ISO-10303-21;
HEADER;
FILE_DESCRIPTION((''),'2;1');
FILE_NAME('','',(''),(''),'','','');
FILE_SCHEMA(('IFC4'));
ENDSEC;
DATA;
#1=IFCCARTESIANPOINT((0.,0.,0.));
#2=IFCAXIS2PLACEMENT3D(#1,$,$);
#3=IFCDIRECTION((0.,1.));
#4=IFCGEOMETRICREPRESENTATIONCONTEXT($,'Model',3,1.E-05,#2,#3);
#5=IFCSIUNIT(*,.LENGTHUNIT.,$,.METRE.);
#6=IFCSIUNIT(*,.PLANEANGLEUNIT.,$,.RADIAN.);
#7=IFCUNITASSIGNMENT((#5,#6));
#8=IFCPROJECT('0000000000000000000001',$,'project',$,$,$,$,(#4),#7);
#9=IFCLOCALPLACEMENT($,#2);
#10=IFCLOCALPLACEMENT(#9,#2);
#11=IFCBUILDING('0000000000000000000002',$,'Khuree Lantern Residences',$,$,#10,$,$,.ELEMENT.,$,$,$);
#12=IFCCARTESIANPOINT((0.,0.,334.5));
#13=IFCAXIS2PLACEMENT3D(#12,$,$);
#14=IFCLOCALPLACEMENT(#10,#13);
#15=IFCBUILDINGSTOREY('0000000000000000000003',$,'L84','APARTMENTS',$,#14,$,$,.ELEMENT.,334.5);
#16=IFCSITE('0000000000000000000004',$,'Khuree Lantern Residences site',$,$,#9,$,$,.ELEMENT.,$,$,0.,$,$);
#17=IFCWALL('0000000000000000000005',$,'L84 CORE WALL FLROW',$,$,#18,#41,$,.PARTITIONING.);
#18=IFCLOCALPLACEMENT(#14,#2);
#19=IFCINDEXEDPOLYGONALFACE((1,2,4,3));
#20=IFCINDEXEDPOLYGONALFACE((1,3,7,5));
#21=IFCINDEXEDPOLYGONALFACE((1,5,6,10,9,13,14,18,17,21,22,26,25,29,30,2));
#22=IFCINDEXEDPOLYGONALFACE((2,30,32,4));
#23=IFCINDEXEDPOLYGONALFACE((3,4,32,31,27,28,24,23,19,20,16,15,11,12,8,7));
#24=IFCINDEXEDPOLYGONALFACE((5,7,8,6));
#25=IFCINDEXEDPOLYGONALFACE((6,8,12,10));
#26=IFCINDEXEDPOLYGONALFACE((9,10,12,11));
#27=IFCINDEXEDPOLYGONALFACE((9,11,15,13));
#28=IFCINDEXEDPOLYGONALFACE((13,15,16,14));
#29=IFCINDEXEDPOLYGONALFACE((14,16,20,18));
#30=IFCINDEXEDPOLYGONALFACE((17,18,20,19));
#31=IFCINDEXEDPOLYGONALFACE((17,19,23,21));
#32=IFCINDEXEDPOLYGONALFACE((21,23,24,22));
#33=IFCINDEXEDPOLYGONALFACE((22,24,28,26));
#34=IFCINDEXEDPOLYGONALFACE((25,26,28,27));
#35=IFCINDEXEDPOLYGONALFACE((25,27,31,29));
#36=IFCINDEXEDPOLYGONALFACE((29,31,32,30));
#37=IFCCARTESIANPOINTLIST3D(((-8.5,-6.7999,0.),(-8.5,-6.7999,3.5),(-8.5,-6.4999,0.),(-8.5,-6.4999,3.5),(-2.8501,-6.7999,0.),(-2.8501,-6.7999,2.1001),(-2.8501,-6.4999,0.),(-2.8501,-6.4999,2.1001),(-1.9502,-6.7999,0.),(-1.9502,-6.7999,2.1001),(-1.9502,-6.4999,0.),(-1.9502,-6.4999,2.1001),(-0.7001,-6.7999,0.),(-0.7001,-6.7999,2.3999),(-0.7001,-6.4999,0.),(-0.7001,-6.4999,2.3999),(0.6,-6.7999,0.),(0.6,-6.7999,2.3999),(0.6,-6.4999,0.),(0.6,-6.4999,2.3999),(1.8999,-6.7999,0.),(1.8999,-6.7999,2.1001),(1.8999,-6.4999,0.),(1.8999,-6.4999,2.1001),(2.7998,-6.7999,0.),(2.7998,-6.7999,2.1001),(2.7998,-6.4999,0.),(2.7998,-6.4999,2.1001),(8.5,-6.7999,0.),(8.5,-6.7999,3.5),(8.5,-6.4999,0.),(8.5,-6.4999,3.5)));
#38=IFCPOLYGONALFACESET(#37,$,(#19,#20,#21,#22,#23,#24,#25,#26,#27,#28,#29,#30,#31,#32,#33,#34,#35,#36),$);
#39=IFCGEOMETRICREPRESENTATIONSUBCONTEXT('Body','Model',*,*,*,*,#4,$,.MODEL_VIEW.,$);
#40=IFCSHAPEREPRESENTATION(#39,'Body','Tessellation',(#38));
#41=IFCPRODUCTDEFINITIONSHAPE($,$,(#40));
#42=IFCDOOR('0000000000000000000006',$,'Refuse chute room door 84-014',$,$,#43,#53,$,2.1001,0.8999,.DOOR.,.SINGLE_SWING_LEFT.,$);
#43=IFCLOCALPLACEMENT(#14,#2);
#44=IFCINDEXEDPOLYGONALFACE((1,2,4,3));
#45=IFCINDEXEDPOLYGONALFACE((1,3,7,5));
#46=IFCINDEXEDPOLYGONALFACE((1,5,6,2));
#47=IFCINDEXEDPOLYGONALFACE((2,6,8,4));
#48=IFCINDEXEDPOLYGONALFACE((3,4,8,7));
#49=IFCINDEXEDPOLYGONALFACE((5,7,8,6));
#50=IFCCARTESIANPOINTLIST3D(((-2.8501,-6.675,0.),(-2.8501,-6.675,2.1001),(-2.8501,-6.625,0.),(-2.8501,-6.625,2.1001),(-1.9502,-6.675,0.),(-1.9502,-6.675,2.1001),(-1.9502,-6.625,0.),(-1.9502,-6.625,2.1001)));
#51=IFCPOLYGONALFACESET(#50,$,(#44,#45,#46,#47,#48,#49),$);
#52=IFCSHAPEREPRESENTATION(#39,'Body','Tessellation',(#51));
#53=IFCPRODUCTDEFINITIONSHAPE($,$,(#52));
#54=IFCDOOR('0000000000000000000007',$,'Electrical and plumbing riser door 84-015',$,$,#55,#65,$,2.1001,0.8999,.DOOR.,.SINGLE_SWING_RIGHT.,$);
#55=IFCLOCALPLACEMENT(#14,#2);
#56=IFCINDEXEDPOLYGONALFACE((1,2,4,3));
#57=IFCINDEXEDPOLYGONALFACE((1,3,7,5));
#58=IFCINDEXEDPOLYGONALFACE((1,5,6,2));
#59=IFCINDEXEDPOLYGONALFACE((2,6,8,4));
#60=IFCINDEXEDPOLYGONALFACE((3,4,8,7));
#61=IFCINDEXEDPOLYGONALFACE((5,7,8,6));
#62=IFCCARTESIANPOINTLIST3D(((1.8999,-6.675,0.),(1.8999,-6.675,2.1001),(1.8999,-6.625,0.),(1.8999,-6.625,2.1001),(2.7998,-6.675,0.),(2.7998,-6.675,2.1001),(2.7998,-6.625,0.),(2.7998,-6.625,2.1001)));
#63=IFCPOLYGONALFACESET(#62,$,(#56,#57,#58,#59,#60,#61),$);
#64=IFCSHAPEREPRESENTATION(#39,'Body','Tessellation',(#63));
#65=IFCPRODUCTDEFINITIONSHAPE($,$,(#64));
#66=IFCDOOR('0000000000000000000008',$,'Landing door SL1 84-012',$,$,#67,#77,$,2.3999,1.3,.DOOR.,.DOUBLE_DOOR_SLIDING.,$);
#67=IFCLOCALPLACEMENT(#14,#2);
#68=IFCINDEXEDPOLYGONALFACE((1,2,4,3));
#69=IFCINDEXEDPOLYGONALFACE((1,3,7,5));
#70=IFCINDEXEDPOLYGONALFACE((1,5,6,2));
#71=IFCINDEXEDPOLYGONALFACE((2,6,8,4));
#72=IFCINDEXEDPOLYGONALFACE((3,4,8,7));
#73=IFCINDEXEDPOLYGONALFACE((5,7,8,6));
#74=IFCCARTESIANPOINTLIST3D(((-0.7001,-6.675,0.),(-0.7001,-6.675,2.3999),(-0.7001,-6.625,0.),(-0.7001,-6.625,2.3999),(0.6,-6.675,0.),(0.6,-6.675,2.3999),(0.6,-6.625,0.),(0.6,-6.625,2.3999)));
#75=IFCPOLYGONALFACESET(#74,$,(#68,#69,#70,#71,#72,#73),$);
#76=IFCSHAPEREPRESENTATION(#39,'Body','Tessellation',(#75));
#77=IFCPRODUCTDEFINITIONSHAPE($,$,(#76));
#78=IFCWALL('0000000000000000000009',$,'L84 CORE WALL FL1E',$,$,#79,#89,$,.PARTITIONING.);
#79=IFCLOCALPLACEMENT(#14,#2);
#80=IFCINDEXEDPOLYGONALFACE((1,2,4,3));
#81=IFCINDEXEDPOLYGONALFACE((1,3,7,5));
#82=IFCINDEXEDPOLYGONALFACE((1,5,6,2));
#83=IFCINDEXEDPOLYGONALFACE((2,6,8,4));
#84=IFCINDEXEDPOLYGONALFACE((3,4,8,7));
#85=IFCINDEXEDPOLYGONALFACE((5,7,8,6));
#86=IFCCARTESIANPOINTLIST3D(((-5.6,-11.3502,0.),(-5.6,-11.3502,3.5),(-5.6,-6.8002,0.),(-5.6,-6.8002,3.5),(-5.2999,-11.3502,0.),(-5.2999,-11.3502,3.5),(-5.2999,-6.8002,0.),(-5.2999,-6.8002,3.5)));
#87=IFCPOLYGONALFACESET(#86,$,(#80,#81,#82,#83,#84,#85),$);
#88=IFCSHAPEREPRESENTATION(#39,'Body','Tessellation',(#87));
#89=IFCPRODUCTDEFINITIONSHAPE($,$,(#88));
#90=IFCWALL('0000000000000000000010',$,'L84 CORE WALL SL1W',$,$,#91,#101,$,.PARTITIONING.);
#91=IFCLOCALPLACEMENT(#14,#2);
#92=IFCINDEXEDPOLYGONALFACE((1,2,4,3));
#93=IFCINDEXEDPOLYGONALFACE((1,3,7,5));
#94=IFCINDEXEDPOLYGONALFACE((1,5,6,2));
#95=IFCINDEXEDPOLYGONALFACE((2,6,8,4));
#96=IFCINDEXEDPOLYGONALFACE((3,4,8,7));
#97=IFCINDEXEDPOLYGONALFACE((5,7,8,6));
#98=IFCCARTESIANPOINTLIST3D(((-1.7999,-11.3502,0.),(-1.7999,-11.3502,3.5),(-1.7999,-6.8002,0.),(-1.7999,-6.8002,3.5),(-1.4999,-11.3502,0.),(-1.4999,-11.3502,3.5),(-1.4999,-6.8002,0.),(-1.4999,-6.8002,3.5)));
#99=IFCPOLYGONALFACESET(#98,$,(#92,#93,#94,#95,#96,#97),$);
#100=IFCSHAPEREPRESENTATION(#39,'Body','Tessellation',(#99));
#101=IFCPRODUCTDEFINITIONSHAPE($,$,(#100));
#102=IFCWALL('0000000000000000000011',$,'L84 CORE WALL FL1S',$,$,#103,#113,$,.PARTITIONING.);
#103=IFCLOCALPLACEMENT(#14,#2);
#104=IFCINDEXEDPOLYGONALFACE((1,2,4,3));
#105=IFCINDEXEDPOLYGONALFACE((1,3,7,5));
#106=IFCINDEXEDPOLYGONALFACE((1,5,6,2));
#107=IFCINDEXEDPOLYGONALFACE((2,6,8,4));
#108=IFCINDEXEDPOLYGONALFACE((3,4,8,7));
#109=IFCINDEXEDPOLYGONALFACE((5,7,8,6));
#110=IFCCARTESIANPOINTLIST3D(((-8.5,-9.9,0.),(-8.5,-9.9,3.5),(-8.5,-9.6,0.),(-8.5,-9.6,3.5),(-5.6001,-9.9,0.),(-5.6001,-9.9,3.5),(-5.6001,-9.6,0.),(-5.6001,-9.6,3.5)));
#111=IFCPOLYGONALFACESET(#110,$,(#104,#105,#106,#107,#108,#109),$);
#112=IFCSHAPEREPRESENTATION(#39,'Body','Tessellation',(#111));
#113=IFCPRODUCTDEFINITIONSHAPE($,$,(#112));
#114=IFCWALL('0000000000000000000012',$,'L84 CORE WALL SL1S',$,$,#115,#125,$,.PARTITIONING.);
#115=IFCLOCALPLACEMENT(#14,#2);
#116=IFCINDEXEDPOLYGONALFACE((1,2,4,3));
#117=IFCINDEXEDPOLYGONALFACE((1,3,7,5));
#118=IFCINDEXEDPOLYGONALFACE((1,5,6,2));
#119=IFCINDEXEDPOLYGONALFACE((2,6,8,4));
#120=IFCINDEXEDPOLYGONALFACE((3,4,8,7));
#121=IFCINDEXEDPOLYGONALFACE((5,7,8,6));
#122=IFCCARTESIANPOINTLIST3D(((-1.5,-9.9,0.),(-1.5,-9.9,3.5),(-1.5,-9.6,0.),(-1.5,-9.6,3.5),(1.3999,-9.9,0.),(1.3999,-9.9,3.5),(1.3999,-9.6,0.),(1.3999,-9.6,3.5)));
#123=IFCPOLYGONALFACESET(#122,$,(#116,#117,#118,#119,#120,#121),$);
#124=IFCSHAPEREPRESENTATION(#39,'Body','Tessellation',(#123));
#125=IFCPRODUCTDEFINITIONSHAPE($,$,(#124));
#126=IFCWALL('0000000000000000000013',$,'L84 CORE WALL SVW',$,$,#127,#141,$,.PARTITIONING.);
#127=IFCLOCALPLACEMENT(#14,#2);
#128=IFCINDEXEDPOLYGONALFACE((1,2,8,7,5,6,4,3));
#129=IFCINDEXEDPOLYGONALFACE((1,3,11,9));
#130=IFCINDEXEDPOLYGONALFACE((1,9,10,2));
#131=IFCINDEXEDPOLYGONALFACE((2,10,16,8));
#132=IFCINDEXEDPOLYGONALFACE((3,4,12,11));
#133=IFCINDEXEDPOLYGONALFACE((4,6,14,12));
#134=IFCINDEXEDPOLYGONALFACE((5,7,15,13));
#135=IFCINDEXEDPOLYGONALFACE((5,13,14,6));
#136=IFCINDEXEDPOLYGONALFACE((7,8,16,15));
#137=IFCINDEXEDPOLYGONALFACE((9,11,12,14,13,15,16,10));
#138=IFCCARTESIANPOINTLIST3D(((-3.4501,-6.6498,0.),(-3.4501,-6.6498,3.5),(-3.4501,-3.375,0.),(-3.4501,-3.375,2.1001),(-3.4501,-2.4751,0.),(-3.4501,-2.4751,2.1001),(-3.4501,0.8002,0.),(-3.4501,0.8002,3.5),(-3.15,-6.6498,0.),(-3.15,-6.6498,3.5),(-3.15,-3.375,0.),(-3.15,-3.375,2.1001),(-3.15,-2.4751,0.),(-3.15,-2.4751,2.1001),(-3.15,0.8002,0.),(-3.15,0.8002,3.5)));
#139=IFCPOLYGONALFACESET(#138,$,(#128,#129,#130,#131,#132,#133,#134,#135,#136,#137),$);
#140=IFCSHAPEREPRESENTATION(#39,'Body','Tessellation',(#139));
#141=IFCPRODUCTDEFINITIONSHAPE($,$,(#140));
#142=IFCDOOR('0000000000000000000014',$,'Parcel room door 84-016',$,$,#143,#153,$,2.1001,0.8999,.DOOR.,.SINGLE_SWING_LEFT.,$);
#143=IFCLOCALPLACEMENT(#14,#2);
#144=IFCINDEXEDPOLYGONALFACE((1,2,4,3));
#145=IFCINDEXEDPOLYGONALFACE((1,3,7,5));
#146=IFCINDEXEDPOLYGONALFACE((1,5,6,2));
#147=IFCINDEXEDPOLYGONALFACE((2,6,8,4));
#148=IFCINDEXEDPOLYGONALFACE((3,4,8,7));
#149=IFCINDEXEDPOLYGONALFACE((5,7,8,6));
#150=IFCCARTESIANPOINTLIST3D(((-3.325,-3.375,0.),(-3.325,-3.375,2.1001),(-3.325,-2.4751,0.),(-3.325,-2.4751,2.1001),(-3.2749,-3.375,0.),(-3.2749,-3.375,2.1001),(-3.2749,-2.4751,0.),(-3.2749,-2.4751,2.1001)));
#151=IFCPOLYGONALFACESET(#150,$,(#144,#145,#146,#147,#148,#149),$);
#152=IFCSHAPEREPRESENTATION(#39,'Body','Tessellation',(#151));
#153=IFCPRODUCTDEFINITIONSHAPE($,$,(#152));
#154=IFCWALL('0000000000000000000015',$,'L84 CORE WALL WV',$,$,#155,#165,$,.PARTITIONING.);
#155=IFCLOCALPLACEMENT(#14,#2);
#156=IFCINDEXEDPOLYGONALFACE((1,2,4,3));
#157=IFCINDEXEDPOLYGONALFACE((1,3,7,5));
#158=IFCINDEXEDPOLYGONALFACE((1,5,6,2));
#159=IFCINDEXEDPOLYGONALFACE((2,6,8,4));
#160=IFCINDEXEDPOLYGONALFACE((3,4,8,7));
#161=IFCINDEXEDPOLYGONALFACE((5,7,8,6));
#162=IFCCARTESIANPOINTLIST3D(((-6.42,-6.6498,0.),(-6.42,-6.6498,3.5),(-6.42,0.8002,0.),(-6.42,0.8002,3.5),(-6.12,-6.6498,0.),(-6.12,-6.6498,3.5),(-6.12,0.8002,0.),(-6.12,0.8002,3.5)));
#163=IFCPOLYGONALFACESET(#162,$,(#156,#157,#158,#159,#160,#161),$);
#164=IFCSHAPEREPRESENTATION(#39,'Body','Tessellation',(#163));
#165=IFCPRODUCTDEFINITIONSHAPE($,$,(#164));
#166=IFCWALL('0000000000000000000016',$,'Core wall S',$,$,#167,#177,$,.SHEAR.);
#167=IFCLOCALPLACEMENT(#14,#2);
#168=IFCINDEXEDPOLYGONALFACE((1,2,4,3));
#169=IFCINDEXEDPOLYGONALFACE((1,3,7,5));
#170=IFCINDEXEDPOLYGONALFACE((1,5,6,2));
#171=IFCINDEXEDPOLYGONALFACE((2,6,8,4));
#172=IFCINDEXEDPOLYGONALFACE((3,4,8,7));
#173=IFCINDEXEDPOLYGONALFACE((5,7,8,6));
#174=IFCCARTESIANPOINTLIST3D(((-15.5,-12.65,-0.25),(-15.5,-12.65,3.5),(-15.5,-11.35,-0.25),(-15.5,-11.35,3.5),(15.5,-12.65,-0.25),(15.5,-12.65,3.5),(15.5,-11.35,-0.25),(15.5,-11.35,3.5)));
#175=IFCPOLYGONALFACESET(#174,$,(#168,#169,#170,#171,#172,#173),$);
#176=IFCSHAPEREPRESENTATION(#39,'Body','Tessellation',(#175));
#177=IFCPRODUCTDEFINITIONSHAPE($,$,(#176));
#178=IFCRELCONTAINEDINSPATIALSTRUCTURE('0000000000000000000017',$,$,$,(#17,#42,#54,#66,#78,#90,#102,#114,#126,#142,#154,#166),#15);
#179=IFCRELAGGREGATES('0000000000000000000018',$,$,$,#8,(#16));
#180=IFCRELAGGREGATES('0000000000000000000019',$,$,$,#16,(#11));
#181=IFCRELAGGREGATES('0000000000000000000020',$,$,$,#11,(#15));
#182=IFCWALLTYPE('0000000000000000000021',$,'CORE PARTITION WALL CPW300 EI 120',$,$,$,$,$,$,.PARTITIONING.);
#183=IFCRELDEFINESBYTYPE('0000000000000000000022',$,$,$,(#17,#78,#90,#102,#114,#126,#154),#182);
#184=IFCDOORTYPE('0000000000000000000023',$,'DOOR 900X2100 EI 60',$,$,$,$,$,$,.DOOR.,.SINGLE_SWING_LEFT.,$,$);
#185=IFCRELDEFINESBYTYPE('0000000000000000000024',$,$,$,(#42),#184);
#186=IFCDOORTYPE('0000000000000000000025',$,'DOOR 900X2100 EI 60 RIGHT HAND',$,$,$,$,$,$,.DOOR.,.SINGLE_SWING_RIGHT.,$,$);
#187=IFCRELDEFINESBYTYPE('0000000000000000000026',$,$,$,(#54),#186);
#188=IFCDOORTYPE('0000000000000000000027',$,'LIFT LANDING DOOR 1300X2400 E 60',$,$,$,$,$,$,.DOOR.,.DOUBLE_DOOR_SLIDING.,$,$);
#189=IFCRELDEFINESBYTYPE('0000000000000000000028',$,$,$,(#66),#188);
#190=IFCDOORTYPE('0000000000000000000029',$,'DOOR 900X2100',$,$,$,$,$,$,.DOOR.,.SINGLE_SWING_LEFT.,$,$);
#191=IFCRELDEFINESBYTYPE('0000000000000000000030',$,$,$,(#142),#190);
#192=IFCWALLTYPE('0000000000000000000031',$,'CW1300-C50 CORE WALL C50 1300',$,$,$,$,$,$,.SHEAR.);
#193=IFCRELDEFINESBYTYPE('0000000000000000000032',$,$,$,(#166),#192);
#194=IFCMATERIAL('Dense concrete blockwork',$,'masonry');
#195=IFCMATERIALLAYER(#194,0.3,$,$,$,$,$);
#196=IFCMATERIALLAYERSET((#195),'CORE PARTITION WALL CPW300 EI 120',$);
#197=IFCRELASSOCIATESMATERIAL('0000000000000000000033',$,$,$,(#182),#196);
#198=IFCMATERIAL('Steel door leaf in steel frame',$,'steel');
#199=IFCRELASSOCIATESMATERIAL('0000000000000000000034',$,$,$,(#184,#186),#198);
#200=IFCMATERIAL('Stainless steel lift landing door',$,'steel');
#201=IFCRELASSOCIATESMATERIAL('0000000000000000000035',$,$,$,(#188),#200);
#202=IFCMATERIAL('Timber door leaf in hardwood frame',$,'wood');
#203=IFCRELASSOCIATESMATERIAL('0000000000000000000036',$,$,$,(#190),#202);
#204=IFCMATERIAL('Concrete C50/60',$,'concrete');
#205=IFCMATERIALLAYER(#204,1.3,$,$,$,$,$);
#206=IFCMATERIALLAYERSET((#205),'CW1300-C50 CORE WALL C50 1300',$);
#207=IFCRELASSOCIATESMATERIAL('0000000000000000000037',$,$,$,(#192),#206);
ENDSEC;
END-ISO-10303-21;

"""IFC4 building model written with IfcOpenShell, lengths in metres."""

from ifc_helpers import new_model, si_unit, direction, frame, frame_2d, origin, place, context, subcontext, project, spatial, rectangle, extrude, material, layer, layer_set, type_object, element, fill, save


model = new_model("IFC4")

# Units and contexts
model_context = context("Model", 3, precision=1e-05, world=origin(), true_north=direction((0.0, 1.0)))
body_context = subcontext(model_context, "Body", "Model", "MODEL_VIEW")
ifc_project = project(units=[si_unit("LENGTHUNIT", "METRE"), si_unit("PLANEANGLEUNIT", "RADIAN")], contexts=[model_context])

# Site, building, storey
site_placement = place(None, origin())
site = spatial("IfcSite", under=ifc_project, at=site_placement, Name="Khuree Lantern Residences site", CompositionType="ELEMENT", RefElevation=0.0)
building_placement = place(site_placement, origin())
building = spatial("IfcBuilding", under=site, at=building_placement, Name="Khuree Lantern Residences", CompositionType="ELEMENT")
storey_placement = place(building_placement, frame((0.0, 0.0, 334.5)))
storey = spatial("IfcBuildingStorey", under=building, at=storey_placement, Name="L84", Description="APARTMENTS", CompositionType="ELEMENT", Elevation=334.5)

# Shared definitions
ifc_material_1 = material(Name="Timber door leaf in hardwood frame", Category="wood")

# Shared definitions
ifc_material_2 = material(Name="Dense concrete blockwork", Category="masonry")
ifc_layer_1 = layer(ifc_material_2, 0.3)
ifc_layer_set_1 = layer_set([ifc_layer_1], Name="CORE PARTITION WALL CPW300 EI 120")
wall_type_1 = type_object("IfcWallType", Name="CORE PARTITION WALL CPW300 EI 120", PredefinedType="PARTITIONING", material=ifc_layer_set_1)
ifc_material_3 = material(Name="Stainless steel lift landing door", Category="steel")

# Wall, openings, doors
wall_1_placement = place(storey_placement, frame((-8.5, -6.6499, 0.0), z_axis=(0.0, 0.0, 1.0), x_axis=(1.0, 0.0, 0.0)))
wall_1 = element("IfcWall", 1, at=wall_1_placement, inside=storey, type_object=wall_type_1, Name="L84 CORE WALL FLROW", PredefinedType="PARTITIONING", context=body_context, shape_type="SweptSolid", body=[
    extrude(rectangle(XDim=17.0, YDim=0.3, at=frame_2d((8.5, 0.0))), origin(), (0.0, 0.0, 1.0), 3.5),
])
opening_1_placement = place(wall_1_placement, frame((7.8, 0.0, 0.0)))
opening_1 = element("IfcOpeningElement", 2, at=opening_1_placement, cuts=wall_1, PredefinedType="OPENING", context=body_context, shape_type="SweptSolid", body=[
    extrude(rectangle(XDim=1.3, YDim=2.3999, at=frame_2d((0.6499, 1.2))), frame((0.0, 0.1602, 0.0), z_axis=(0.0, -1.0, 0.0), x_axis=(1.0, 0.0, 0.0)), (0.0, 0.0, 1.0), 0.3201),
])
opening_2_placement = place(wall_1_placement, frame((5.6499, 0.0, 0.0)))
opening_2 = element("IfcOpeningElement", 3, at=opening_2_placement, cuts=wall_1, PredefinedType="OPENING", context=body_context, shape_type="SweptSolid", body=[
    extrude(rectangle(XDim=0.8999, YDim=2.1001, at=frame_2d((0.45, 1.05))), frame((0.0, 0.1602, 0.0), z_axis=(0.0, -1.0, 0.0), x_axis=(1.0, 0.0, 0.0)), (0.0, 0.0, 1.0), 0.3201),
])
opening_3_placement = place(wall_1_placement, frame((10.3999, 0.0, 0.0)))
opening_3 = element("IfcOpeningElement", 4, at=opening_3_placement, cuts=wall_1, PredefinedType="OPENING", context=body_context, shape_type="SweptSolid", body=[
    extrude(rectangle(XDim=0.8999, YDim=2.1001, at=frame_2d((0.45, 1.05))), frame((0.0, 0.1602, 0.0), z_axis=(0.0, -1.0, 0.0), x_axis=(1.0, 0.0, 0.0)), (0.0, 0.0, 1.0), 0.3201),
])
ifc_material_4 = material(Name="Steel door leaf in steel frame", Category="steel")
door_type_1 = type_object("IfcDoorType", Name="DOOR 900X2100 EI 60", OperationType="SINGLE_SWING_LEFT", PredefinedType="DOOR", material=ifc_material_4)
door_1_placement = place(opening_2_placement, origin())
door_1 = element("IfcDoor", 5, at=door_1_placement, inside=storey, type_object=door_type_1, Name="Refuse chute room door 84-014", OperationType="SINGLE_SWING_LEFT", OverallHeight=2.1001, OverallWidth=0.8999, PredefinedType="DOOR", context=body_context, shape_type="SweptSolid", body=[
    extrude(rectangle(XDim=0.8999, YDim=2.1001, at=frame_2d((0.45, 1.05))), frame((0.0, 0.0249, 0.0), z_axis=(0.0, -1.0, 0.0), x_axis=(1.0, 0.0, 0.0)), (0.0, 0.0, 1.0), 0.05),
])
fill(opening_2, door_1)
door_type_2 = type_object("IfcDoorType", Name="DOOR 900X2100 EI 60 RIGHT HAND", OperationType="SINGLE_SWING_RIGHT", PredefinedType="DOOR", material=ifc_material_4)
door_2_placement = place(opening_3_placement, origin())
door_2 = element("IfcDoor", 6, at=door_2_placement, inside=storey, type_object=door_type_2, Name="Electrical and plumbing riser door 84-015", OperationType="SINGLE_SWING_RIGHT", OverallHeight=2.1001, OverallWidth=0.8999, PredefinedType="DOOR", context=body_context, shape_type="SweptSolid", body=[
    extrude(rectangle(XDim=0.8999, YDim=2.1001, at=frame_2d((0.45, 1.05))), frame((0.0, 0.0249, 0.0), z_axis=(0.0, -1.0, 0.0), x_axis=(1.0, 0.0, 0.0)), (0.0, 0.0, 1.0), 0.05),
])
fill(opening_3, door_2)
door_type_3 = type_object("IfcDoorType", Name="LIFT LANDING DOOR 1300X2400 E 60", OperationType="DOUBLE_DOOR_SLIDING", PredefinedType="DOOR", material=ifc_material_3)
door_3_placement = place(opening_1_placement, origin())
door_3 = element("IfcDoor", 7, at=door_3_placement, inside=storey, type_object=door_type_3, Name="Landing door SL1 84-012", OperationType="DOUBLE_DOOR_SLIDING", OverallHeight=2.3999, OverallWidth=1.3, PredefinedType="DOOR", context=body_context, shape_type="SweptSolid", body=[
    extrude(rectangle(XDim=1.3, YDim=2.3999, at=frame_2d((0.6499, 1.2))), frame((0.0, 0.0249, 0.0), z_axis=(0.0, -1.0, 0.0), x_axis=(1.0, 0.0, 0.0)), (0.0, 0.0, 1.0), 0.05),
])
fill(opening_1, door_3)

# Walls
for number, where, z_axis, x_axis, name in (
    (8, (-5.45, -11.3501, 0.0), (0.0, 0.0, 1.0), (0.0, 1.0, 0.0), "L84 CORE WALL FL1E"),
    (9, (-1.6499, -11.3501, 0.0), (0.0, 0.0, 1.0), (0.0, 1.0, 0.0), "L84 CORE WALL SL1W"),
):
    element("IfcWall", number, at=place(storey_placement, frame(where, z_axis=z_axis, x_axis=x_axis)), inside=storey, type_object=wall_type_1, Name=name, PredefinedType="PARTITIONING", context=body_context, shape_type="SweptSolid", body=[
        extrude(rectangle(XDim=4.55, YDim=0.3, at=frame_2d((2.2749, 0.0))), origin(), (0.0, 0.0, 1.0), 3.5),
    ])
for number, where, z_axis, x_axis, name in (
    (10, (-8.5, -9.75, 0.0), (0.0, 0.0, 1.0), (1.0, 0.0, 0.0), "L84 CORE WALL FL1S"),
    (11, (-1.5, -9.75, 0.0), (0.0, 0.0, 1.0), (1.0, 0.0, 0.0), "L84 CORE WALL SL1S"),
):
    element("IfcWall", number, at=place(storey_placement, frame(where, z_axis=z_axis, x_axis=x_axis)), inside=storey, type_object=wall_type_1, Name=name, PredefinedType="PARTITIONING", context=body_context, shape_type="SweptSolid", body=[
        extrude(rectangle(XDim=2.8999, YDim=0.3, at=frame_2d((1.45, 0.0))), origin(), (0.0, 0.0, 1.0), 3.5),
    ])

# Wall, opening, door
wall_2_placement = place(storey_placement, frame((-3.3, -6.6499, 0.0), z_axis=(0.0, 0.0, 1.0), x_axis=(0.0, 1.0, 0.0)))
wall_2 = element("IfcWall", 12, at=wall_2_placement, inside=storey, type_object=wall_type_1, Name="L84 CORE WALL SVW", PredefinedType="PARTITIONING", context=body_context, shape_type="SweptSolid", body=[
    extrude(rectangle(XDim=7.45, YDim=0.3, at=frame_2d((3.7251, 0.0))), origin(), (0.0, 0.0, 1.0), 3.5),
])
opening_4_placement = place(wall_2_placement, frame((3.2749, 0.0, 0.0)))
opening_4 = element("IfcOpeningElement", 13, at=opening_4_placement, cuts=wall_2, PredefinedType="OPENING", context=body_context, shape_type="SweptSolid", body=[
    extrude(rectangle(XDim=0.8999, YDim=2.1001, at=frame_2d((0.45, 1.05))), frame((0.0, 0.1602, 0.0), z_axis=(0.0, -1.0, 0.0), x_axis=(1.0, 0.0, 0.0)), (0.0, 0.0, 1.0), 0.3201),
])
door_type_4 = type_object("IfcDoorType", Name="DOOR 900X2100", OperationType="SINGLE_SWING_LEFT", PredefinedType="DOOR", material=ifc_material_1)
door_4_placement = place(opening_4_placement, origin())
door_4 = element("IfcDoor", 14, at=door_4_placement, inside=storey, type_object=door_type_4, Name="Parcel room door 84-016", OperationType="SINGLE_SWING_LEFT", OverallHeight=2.1001, OverallWidth=0.8999, PredefinedType="DOOR", context=body_context, shape_type="SweptSolid", body=[
    extrude(rectangle(XDim=0.8999, YDim=2.1001, at=frame_2d((0.45, 1.05))), frame((0.0, 0.0249, 0.0), z_axis=(0.0, -1.0, 0.0), x_axis=(1.0, 0.0, 0.0)), (0.0, 0.0, 1.0), 0.05),
])
fill(opening_4, door_4)

# Walls
wall_3_placement = place(storey_placement, frame((-6.27, -6.6499, 0.0), z_axis=(0.0, 0.0, 1.0), x_axis=(0.0, 1.0, 0.0)))
element("IfcWall", 15, at=wall_3_placement, inside=storey, type_object=wall_type_1, Name="L84 CORE WALL WV", PredefinedType="PARTITIONING", context=body_context, shape_type="SweptSolid", body=[
    extrude(rectangle(XDim=7.45, YDim=0.3, at=frame_2d((3.7251, 0.0))), origin(), (0.0, 0.0, 1.0), 3.5),
])
ifc_material_5 = material(Name="Concrete C50/60", Category="concrete")
ifc_layer_2 = layer(ifc_material_5, 1.3)
ifc_layer_set_2 = layer_set([ifc_layer_2], Name="CW1300-C50 CORE WALL C50 1300")
wall_type_2 = type_object("IfcWallType", Name="CW1300-C50 CORE WALL C50 1300", PredefinedType="SHEAR", material=ifc_layer_set_2)
wall_4_placement = place(storey_placement, frame((-15.5, -12.0, -0.25), z_axis=(0.0, 0.0, 1.0), x_axis=(1.0, 0.0, 0.0)))
element("IfcWall", 16, at=wall_4_placement, inside=storey, type_object=wall_type_2, Name="Core wall S", PredefinedType="SHEAR", context=body_context, shape_type="SweptSolid", body=[
    extrude(rectangle(XDim=31.0, YDim=1.3, at=frame_2d((15.5, 0.0))), origin(), (0.0, 0.0, 1.0), 3.75),
])

save(model, "model.ifc")
